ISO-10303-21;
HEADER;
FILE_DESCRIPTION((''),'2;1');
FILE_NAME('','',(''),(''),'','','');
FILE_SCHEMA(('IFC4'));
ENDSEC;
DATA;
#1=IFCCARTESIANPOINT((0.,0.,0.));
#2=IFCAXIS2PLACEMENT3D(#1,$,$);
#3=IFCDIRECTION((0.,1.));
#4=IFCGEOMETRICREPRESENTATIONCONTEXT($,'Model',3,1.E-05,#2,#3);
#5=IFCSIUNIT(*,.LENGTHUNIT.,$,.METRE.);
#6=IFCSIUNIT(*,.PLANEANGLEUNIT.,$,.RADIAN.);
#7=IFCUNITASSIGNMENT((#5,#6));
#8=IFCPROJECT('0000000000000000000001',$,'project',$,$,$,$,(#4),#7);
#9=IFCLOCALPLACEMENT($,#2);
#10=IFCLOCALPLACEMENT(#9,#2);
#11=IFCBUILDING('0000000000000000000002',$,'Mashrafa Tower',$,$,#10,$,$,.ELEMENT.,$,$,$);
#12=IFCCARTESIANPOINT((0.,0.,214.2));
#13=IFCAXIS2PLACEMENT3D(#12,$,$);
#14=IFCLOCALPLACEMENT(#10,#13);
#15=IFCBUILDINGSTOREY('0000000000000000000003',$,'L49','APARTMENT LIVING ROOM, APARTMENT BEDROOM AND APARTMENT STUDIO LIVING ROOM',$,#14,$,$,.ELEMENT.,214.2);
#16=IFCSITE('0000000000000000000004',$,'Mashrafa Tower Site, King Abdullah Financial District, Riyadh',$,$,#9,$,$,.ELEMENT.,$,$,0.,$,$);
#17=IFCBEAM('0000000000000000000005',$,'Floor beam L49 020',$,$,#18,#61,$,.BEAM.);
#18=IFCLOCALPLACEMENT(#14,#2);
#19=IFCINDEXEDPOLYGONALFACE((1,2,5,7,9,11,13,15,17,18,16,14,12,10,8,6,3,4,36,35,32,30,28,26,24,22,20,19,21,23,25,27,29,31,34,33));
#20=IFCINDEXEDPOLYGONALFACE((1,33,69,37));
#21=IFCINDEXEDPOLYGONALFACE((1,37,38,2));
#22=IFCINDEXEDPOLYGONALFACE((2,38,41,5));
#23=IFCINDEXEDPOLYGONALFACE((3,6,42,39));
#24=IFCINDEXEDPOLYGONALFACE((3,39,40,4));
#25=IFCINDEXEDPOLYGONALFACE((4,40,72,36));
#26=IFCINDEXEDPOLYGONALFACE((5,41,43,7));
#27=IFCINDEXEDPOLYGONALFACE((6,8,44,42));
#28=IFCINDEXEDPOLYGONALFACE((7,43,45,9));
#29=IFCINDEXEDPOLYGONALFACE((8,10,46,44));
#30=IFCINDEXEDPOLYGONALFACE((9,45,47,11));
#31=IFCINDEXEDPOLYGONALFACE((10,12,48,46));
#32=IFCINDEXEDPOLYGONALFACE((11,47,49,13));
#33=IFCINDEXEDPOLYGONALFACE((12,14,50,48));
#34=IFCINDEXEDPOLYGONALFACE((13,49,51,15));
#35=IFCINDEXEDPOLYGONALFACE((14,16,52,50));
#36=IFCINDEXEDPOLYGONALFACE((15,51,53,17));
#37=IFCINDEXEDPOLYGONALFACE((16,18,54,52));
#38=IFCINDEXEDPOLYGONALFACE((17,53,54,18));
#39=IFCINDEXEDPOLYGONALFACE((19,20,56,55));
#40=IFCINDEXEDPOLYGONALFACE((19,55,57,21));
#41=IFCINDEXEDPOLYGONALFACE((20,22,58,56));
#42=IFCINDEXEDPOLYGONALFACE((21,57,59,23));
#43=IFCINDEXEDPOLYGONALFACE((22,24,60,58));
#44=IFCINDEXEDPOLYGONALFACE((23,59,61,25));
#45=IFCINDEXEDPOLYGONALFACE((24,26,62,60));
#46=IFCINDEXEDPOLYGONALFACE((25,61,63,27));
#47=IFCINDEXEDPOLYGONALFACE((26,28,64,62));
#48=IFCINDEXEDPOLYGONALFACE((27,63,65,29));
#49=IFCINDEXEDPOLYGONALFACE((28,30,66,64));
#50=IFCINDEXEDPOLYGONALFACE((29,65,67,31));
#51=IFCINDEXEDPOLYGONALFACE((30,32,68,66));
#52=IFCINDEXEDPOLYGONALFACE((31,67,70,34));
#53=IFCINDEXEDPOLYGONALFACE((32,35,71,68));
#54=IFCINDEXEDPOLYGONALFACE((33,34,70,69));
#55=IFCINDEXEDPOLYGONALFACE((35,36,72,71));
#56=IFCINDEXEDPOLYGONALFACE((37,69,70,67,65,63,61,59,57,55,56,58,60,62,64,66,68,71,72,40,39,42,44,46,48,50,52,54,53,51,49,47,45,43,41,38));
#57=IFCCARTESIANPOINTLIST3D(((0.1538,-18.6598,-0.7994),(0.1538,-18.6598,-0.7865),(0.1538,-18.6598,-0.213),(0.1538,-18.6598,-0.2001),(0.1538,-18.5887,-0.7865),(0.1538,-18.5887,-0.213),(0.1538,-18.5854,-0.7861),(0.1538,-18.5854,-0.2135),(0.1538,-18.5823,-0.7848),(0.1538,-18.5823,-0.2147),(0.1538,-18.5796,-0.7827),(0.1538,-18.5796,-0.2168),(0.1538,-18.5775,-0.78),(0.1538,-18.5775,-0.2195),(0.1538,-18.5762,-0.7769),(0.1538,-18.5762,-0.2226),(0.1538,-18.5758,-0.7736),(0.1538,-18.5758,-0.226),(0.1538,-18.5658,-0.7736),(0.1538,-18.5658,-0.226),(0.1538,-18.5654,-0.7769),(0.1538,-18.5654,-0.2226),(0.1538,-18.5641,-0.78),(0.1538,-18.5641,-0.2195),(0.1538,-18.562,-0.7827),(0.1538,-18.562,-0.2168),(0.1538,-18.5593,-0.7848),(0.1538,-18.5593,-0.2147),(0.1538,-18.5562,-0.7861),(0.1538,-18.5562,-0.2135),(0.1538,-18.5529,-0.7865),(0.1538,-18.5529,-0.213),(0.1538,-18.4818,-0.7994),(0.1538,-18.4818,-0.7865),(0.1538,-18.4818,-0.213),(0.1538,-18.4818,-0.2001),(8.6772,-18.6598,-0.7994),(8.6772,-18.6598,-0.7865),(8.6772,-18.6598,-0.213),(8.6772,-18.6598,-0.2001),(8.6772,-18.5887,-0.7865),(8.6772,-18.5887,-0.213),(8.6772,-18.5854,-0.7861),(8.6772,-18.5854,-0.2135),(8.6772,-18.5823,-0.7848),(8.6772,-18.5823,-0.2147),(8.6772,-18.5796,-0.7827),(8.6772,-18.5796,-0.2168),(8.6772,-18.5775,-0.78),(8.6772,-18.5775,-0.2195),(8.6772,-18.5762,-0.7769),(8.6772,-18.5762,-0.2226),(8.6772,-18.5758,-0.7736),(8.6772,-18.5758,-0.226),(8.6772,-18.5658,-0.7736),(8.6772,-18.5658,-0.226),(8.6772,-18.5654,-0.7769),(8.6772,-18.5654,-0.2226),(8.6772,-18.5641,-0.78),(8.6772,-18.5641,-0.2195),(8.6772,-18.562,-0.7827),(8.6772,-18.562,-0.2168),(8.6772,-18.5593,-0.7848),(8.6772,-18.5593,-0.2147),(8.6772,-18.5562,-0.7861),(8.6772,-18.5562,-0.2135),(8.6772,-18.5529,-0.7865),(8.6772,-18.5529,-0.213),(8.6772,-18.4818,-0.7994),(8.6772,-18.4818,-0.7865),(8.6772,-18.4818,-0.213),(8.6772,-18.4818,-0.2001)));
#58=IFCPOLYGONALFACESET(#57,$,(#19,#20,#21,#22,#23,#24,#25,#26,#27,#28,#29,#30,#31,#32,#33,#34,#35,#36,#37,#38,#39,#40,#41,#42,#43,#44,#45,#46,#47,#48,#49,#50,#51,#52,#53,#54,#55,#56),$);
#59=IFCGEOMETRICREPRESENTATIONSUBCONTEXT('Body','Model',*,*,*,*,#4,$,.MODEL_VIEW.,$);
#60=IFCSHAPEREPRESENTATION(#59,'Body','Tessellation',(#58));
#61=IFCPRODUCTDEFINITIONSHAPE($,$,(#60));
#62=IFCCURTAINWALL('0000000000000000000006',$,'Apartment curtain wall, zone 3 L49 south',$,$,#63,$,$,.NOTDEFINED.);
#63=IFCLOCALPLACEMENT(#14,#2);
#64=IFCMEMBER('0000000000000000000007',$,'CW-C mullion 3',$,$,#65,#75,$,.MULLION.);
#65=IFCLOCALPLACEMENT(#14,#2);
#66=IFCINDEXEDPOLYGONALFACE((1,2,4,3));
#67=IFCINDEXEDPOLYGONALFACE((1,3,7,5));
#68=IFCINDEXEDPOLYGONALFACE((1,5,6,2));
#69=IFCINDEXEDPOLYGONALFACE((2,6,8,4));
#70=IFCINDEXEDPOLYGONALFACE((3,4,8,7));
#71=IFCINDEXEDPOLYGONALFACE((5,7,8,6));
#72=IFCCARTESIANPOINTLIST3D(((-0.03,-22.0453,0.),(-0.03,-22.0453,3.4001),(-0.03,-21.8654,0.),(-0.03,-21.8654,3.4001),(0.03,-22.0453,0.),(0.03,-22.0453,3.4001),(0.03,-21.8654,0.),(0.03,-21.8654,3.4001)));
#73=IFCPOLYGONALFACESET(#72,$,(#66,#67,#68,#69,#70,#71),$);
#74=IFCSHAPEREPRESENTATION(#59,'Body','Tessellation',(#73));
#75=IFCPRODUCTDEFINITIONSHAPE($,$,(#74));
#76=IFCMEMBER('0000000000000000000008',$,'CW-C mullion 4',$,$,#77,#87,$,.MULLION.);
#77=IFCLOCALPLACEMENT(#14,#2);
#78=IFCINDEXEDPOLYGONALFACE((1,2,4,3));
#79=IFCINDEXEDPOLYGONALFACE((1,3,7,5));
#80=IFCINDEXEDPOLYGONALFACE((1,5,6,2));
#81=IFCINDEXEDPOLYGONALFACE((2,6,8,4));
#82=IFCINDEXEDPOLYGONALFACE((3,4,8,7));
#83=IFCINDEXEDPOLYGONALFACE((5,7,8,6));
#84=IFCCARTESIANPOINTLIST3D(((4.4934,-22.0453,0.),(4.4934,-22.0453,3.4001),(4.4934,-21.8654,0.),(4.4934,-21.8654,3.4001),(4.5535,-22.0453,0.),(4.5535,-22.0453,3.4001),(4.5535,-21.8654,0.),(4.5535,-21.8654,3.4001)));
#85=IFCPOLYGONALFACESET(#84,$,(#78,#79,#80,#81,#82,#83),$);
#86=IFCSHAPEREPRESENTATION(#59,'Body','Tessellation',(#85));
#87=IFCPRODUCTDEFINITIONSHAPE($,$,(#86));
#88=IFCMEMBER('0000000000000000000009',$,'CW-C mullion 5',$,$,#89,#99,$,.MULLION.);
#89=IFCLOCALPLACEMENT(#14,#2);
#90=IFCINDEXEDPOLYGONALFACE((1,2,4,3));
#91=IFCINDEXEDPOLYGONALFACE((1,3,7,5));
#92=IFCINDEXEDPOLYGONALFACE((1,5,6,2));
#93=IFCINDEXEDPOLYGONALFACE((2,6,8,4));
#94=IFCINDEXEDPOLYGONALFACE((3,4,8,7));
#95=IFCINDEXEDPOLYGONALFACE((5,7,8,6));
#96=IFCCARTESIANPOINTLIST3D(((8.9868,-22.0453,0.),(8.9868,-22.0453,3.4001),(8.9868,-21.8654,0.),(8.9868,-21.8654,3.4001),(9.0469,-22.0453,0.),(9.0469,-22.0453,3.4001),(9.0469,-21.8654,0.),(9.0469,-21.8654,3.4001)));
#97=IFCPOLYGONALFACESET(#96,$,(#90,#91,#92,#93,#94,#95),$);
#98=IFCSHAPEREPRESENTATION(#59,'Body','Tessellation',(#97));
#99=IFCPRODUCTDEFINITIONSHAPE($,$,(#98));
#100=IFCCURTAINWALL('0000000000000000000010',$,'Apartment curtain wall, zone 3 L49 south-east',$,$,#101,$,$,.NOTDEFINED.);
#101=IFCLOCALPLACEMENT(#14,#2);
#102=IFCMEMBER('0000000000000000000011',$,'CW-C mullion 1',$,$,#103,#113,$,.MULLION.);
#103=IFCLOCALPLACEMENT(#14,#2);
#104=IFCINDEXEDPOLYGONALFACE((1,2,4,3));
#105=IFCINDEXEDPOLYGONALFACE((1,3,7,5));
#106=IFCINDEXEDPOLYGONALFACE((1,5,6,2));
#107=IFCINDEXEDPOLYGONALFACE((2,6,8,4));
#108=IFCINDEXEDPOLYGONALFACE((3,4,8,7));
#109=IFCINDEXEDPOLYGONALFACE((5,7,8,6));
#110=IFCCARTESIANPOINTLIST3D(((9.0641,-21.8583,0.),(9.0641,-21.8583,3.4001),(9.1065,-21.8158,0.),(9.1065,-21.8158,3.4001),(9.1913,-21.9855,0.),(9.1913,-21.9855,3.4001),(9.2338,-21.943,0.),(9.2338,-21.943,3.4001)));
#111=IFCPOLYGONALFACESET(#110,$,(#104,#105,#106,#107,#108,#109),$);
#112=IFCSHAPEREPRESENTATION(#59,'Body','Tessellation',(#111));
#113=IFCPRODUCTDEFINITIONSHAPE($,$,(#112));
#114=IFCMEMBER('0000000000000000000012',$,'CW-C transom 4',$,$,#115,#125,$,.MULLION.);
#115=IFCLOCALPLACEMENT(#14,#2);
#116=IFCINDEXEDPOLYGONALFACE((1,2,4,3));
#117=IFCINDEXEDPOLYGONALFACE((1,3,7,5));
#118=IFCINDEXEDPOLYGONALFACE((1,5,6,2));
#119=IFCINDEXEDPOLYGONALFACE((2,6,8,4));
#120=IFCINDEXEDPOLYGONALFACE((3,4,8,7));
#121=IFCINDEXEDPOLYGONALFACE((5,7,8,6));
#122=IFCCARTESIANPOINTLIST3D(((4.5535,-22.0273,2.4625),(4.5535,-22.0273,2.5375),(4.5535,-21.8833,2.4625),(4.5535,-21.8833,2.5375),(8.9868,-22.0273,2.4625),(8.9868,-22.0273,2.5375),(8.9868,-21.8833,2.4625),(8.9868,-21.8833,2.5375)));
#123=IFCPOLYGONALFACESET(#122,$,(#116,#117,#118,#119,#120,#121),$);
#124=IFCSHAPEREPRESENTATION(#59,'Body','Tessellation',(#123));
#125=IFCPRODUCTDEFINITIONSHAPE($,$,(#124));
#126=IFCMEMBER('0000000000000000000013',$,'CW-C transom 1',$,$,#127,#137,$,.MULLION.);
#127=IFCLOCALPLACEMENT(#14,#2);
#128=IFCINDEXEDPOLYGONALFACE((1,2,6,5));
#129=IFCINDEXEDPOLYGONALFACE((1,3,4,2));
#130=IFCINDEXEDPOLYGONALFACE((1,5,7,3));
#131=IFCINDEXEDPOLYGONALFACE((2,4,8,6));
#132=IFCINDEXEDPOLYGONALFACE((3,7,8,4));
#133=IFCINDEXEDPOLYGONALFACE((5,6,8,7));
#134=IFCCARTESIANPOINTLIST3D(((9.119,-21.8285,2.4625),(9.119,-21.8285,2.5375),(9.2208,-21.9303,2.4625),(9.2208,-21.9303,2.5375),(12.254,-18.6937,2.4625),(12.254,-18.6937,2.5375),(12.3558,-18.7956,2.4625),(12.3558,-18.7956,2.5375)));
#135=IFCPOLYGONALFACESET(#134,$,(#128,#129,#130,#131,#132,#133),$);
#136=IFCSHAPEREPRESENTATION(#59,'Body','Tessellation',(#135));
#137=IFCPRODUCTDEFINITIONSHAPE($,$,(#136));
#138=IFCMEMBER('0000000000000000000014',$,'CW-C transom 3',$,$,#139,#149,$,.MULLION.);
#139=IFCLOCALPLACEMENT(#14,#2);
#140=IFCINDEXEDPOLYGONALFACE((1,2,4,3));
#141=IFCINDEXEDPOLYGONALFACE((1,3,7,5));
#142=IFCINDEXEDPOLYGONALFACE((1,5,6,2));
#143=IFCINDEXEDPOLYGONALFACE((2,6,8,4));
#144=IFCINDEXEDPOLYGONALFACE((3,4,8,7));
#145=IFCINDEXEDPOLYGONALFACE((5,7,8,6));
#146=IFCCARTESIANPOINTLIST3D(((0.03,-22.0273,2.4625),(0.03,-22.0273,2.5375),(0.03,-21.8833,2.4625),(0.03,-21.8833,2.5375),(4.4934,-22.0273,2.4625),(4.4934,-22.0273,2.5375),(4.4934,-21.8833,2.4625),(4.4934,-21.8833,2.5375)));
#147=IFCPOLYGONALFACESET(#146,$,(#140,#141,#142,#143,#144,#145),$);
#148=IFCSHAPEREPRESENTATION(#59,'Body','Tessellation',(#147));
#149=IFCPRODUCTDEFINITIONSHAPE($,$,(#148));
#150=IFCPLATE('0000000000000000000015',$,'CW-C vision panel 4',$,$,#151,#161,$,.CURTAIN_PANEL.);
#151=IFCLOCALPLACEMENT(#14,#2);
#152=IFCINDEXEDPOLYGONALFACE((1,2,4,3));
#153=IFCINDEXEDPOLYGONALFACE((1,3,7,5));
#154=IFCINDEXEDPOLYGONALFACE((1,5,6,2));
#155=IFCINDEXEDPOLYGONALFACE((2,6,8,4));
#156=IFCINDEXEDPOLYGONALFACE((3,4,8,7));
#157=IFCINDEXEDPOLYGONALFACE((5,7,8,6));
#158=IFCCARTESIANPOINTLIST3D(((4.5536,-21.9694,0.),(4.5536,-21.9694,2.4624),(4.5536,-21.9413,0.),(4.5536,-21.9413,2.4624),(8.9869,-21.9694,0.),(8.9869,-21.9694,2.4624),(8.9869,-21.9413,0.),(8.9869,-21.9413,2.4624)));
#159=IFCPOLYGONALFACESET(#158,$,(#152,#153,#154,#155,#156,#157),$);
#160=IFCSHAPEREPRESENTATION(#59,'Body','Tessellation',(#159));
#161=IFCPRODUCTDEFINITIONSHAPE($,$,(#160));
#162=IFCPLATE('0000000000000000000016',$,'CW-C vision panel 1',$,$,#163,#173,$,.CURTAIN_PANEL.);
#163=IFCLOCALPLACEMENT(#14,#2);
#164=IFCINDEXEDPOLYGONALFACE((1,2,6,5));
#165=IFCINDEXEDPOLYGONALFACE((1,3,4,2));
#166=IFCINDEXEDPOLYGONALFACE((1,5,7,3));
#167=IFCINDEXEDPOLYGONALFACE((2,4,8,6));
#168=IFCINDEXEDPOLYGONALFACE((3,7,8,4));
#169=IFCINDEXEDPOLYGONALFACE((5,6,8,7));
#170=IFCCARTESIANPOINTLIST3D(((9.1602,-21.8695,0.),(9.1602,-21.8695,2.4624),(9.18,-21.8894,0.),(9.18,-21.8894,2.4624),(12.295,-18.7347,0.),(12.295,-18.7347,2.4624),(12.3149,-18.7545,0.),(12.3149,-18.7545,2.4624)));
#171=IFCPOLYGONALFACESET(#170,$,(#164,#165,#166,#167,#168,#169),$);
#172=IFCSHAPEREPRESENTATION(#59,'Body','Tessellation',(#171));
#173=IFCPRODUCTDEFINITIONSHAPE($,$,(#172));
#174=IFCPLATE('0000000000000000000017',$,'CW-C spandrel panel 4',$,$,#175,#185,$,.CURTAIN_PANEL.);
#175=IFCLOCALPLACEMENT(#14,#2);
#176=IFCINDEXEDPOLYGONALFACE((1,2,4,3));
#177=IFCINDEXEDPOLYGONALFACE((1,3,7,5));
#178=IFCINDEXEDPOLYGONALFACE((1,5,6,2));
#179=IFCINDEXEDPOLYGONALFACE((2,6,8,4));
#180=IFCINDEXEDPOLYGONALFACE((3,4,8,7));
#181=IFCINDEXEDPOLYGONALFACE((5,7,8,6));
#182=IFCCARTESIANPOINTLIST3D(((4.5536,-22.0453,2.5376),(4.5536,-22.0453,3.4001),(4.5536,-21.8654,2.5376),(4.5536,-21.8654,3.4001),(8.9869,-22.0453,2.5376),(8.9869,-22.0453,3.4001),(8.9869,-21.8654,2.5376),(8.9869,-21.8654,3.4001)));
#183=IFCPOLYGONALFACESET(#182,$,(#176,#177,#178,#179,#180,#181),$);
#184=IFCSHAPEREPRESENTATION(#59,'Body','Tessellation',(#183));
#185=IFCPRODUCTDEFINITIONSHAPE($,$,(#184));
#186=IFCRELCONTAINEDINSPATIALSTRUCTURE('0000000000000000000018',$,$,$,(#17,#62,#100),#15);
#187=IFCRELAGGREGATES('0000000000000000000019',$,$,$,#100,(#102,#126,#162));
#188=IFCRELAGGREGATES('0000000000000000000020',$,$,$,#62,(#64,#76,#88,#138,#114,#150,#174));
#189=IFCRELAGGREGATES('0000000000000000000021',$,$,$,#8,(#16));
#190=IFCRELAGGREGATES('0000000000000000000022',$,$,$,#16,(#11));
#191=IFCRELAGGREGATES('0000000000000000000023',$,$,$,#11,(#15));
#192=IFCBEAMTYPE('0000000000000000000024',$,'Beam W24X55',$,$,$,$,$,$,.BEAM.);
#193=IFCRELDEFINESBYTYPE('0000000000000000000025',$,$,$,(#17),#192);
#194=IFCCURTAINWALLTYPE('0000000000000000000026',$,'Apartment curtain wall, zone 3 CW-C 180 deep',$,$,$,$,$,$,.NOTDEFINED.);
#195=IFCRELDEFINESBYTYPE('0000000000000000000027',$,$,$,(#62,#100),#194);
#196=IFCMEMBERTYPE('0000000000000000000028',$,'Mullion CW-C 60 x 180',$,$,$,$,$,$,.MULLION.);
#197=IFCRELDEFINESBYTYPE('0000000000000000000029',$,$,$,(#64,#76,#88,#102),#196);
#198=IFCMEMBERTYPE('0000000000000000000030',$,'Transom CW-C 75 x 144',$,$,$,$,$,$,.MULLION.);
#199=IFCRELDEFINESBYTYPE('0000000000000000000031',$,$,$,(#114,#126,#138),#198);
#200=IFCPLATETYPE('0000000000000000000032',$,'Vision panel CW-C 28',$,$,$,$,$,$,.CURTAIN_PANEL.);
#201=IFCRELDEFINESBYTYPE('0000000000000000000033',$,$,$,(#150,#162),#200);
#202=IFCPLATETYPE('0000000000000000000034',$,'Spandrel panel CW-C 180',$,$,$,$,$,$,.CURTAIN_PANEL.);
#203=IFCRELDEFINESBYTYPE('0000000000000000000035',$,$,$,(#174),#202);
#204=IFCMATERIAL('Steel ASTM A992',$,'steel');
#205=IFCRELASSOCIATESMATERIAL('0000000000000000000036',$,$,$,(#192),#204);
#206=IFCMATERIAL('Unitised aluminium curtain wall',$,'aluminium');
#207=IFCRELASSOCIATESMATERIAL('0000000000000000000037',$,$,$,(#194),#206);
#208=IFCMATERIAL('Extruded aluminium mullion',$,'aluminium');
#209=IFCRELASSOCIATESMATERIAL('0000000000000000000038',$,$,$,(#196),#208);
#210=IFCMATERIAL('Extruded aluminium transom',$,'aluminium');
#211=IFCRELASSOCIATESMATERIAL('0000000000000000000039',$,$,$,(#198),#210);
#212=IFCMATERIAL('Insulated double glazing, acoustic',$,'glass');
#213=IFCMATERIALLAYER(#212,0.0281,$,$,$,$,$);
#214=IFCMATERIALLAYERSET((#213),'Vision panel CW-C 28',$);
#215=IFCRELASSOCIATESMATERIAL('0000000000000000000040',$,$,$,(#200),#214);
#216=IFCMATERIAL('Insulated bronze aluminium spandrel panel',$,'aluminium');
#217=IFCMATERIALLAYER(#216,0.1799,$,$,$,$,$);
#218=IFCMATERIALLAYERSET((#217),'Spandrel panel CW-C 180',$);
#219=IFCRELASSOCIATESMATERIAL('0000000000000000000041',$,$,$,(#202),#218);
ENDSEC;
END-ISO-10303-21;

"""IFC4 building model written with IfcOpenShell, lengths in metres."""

from ifc_helpers import new_model, si_unit, direction, frame, origin, origin_2d, place, context, subcontext, project, spatial, rectangle, i_section, extrude, source, transform, mapped, material, layer, layer_set, material_profile, profile_set, type_object, type_shapes, element, aggregate, save


model = new_model("IFC4")

# Units and contexts
model_context = context("Model", 3, precision=1e-05, world=origin(), true_north=direction((0.0, 1.0)))
body_context = subcontext(model_context, "Body", "Model", "MODEL_VIEW")
ifc_project = project(units=[si_unit("LENGTHUNIT", "METRE"), si_unit("PLANEANGLEUNIT", "RADIAN")], contexts=[model_context])

# Site, building, storey
site_placement = place(None, origin())
site = spatial("IfcSite", under=ifc_project, at=site_placement, Name="Mashrafa Tower Site, King Abdullah Financial District, Riyadh", CompositionType="ELEMENT", RefElevation=0.0)
building_placement = place(site_placement, origin())
building = spatial("IfcBuilding", under=site, at=building_placement, Name="Mashrafa Tower", CompositionType="ELEMENT")
storey_placement = place(building_placement, frame((0.0, 0.0, 214.2)))
storey = spatial("IfcBuildingStorey", under=building, at=storey_placement, Name="L49", Description="APARTMENT LIVING ROOM, APARTMENT BEDROOM AND APARTMENT STUDIO LIVING ROOM", CompositionType="ELEMENT", Elevation=214.2)

# Beam
ifc_material_1 = material(Name="Steel ASTM A992", Category="steel")
ifc_material_profile_1 = material_profile(ifc_material_1, i_section(OverallWidth=0.178, OverallDepth=0.5994, WebThickness=0.01, FlangeThickness=0.0129, FilletRadius=0.0129, at=origin_2d()), Name="W24X55")
ifc_profile_set_1 = profile_set([ifc_material_profile_1], Name="Steel ASTM A992")
beam_type_1 = type_object("IfcBeamType", Name="Beam W24X55", PredefinedType="BEAM", material=ifc_profile_set_1)
beam_1_placement = place(storey_placement, frame((8.6772, -18.5708, -0.4998), z_axis=(-1.0, 0.0, 0.0), x_axis=(0.0, -1.0, 0.0)))
element("IfcBeam", 1, at=beam_1_placement, inside=storey, type_object=beam_type_1, Name="Floor beam L49 020", PredefinedType="BEAM", context=body_context, shape_type="SweptSolid", body=[
    extrude(i_section(OverallWidth=0.178, OverallDepth=0.5994, WebThickness=0.01, FlangeThickness=0.0129, FilletRadius=0.0129, at=origin_2d()), origin(), (0.0, 0.0, 1.0), 8.5234),
])

# Curtain wall, members
ifc_material_2 = material(Name="Unitised aluminium curtain wall", Category="aluminium")
curtain_wall_type = type_object("IfcCurtainWallType", Name="Apartment curtain wall, zone 3 CW-C 180 deep", PredefinedType="NOTDEFINED", material=ifc_material_2)
curtain_wall_1_placement = place(storey_placement, origin())
curtain_wall_1 = element("IfcCurtainWall", 2, at=curtain_wall_1_placement, inside=storey, type_object=curtain_wall_type, Name="Apartment curtain wall, zone 3 L49 south", PredefinedType="NOTDEFINED")
ifc_material_3 = material(Name="Extruded aluminium mullion", Category="aluminium")
ifc_material_profile_2 = material_profile(ifc_material_3, rectangle(XDim=0.1799, YDim=0.0601, at=origin_2d()), Name="Mullion 60x180")
ifc_profile_set_2 = profile_set([ifc_material_profile_2], Name="Extruded aluminium mullion")
member_type_1 = type_object("IfcMemberType", Name="Mullion CW-C 60 x 180", PredefinedType="MULLION", material=ifc_profile_set_2)
shared_shape_1 = source(origin(), body_context, "Body", "SweptSolid", [
    extrude(rectangle(XDim=0.1799, YDim=0.0601, at=origin_2d()), origin(), (0.0, 0.0, 1.0), 3.4001),
])
type_shapes(member_type_1, [shared_shape_1])
member_1_placement = place(storey_placement, frame((0.0, -21.9553, 0.0), z_axis=(0.0, 0.0, 1.0), x_axis=(0.0, 1.0, 0.0)))
member_1 = element("IfcMember", 3, at=member_1_placement, type_object=member_type_1, Name="CW-C mullion 3", PredefinedType="MULLION", context=body_context, shape_type="MappedRepresentation", body=[
    mapped(shared_shape_1, transform((0.0, 0.0, 0.0))),
])
member_2_placement = place(storey_placement, frame((4.5234, -21.9553, 0.0), z_axis=(0.0, 0.0, 1.0), x_axis=(0.0, 1.0, 0.0)))
member_2 = element("IfcMember", 4, at=member_2_placement, type_object=member_type_1, Name="CW-C mullion 4", PredefinedType="MULLION", context=body_context, shape_type="MappedRepresentation", body=[
    mapped(shared_shape_1, transform((0.0, 0.0, 0.0))),
])
member_3_placement = place(storey_placement, frame((9.0168, -21.9553, 0.0), z_axis=(0.0, 0.0, 1.0), x_axis=(0.0, 1.0, 0.0)))
member_3 = element("IfcMember", 5, at=member_3_placement, type_object=member_type_1, Name="CW-C mullion 5", PredefinedType="MULLION", context=body_context, shape_type="MappedRepresentation", body=[
    mapped(shared_shape_1, transform((0.0, 0.0, 0.0))),
])

# Curtain wall, member
curtain_wall_2_placement = place(storey_placement, origin())
curtain_wall_2 = element("IfcCurtainWall", 6, at=curtain_wall_2_placement, inside=storey, type_object=curtain_wall_type, Name="Apartment curtain wall, zone 3 L49 south-east", PredefinedType="NOTDEFINED")
member_4_placement = place(storey_placement, frame((9.1489, -21.9006, 0.0), z_axis=(0.0, 0.0, 1.0), x_axis=(-0.707107, 0.707107, 0.0)))
member_4 = element("IfcMember", 7, at=member_4_placement, type_object=member_type_1, Name="CW-C mullion 1", PredefinedType="MULLION", context=body_context, shape_type="MappedRepresentation", body=[
    mapped(shared_shape_1, transform((0.0, 0.0, 0.0))),
])

# Members
ifc_material_4 = material(Name="Extruded aluminium transom", Category="aluminium")
ifc_material_profile_3 = material_profile(ifc_material_4, rectangle(XDim=0.144, YDim=0.075, at=origin_2d()), Name="Transom 75x144")
ifc_profile_set_3 = profile_set([ifc_material_profile_3], Name="Extruded aluminium transom")
member_type_2 = type_object("IfcMemberType", Name="Transom CW-C 75 x 144", PredefinedType="MULLION", material=ifc_profile_set_3)
shared_shape_2 = source(origin(), body_context, "Body", "SweptSolid", [
    extrude(rectangle(XDim=0.144, YDim=0.075, at=origin_2d()), origin(), (0.0, 0.0, 1.0), 4.4333),
])
member_5_placement = place(storey_placement, frame((4.5535, -21.9553, 2.5), z_axis=(1.0, 0.0, 0.0), x_axis=(0.0, 1.0, 0.0)))
member_5 = element("IfcMember", 8, at=member_5_placement, type_object=member_type_2, Name="CW-C transom 4", PredefinedType="MULLION", context=body_context, shape_type="MappedRepresentation", body=[
    mapped(shared_shape_2, transform((0.0, 0.0, 0.0))),
])
member_6_placement = place(storey_placement, frame((9.1699, -21.8794, 2.5), z_axis=(0.707134, 0.707079, 0.0), x_axis=(-0.707079, 0.707134, 0.0)))
member_6 = element("IfcMember", 9, at=member_6_placement, type_object=member_type_2, Name="CW-C transom 1", PredefinedType="MULLION", context=body_context, shape_type="MappedRepresentation", body=[
    mapped(shared_shape_2, transform((0.0, 0.0, 0.0))),
])
shared_shape_3 = source(origin(), body_context, "Body", "SweptSolid", [
    extrude(rectangle(XDim=0.144, YDim=0.075, at=origin_2d()), origin(), (0.0, 0.0, 1.0), 4.4634),
])
type_shapes(member_type_2, [shared_shape_2, shared_shape_3])
member_7_placement = place(storey_placement, frame((0.03, -21.9553, 2.5), z_axis=(1.0, 0.0, 0.0), x_axis=(0.0, 1.0, 0.0)))
member_7 = element("IfcMember", 10, at=member_7_placement, type_object=member_type_2, Name="CW-C transom 3", PredefinedType="MULLION", context=body_context, shape_type="MappedRepresentation", body=[
    mapped(shared_shape_3, transform((0.0, 0.0, 0.0))),
])

# Plates
ifc_material_5 = material(Name="Insulated double glazing, acoustic", Category="glass")
ifc_layer_1 = layer(ifc_material_5, 0.0281)
ifc_layer_set_1 = layer_set([ifc_layer_1], Name="Vision panel CW-C 28")
plate_type_1 = type_object("IfcPlateType", Name="Vision panel CW-C 28", PredefinedType="CURTAIN_PANEL", material=ifc_layer_set_1)
shared_shape_4 = source(origin(), body_context, "Body", "SweptSolid", [
    extrude(rectangle(XDim=4.4333, YDim=0.0281, at=origin_2d()), origin(), (0.0, 0.0, 1.0), 2.4624),
])
plate_1_placement = place(storey_placement, frame((6.7703, -21.9553, 0.0), z_axis=(0.0, 0.0, 1.0), x_axis=(1.0, 0.0, 0.0)))
plate_1 = element("IfcPlate", 11, at=plate_1_placement, type_object=plate_type_1, Name="CW-C vision panel 4", PredefinedType="CURTAIN_PANEL", context=body_context, shape_type="MappedRepresentation", body=[
    mapped(shared_shape_4, transform((0.0, 0.0, 0.0))),
])
plate_2_placement = place(storey_placement, frame((10.7375, -20.312, 0.0), z_axis=(0.0, 0.0, 1.0), x_axis=(0.707107, 0.707107, 0.0)))
plate_2 = element("IfcPlate", 12, at=plate_2_placement, type_object=plate_type_1, Name="CW-C vision panel 1", PredefinedType="CURTAIN_PANEL", context=body_context, shape_type="MappedRepresentation", body=[
    mapped(shared_shape_4, transform((0.0, 0.0, 0.0))),
])
ifc_material_6 = material(Name="Insulated bronze aluminium spandrel panel", Category="aluminium")
ifc_layer_2 = layer(ifc_material_6, 0.1799)
ifc_layer_set_2 = layer_set([ifc_layer_2], Name="Spandrel panel CW-C 180")
plate_type_2 = type_object("IfcPlateType", Name="Spandrel panel CW-C 180", PredefinedType="CURTAIN_PANEL", material=ifc_layer_set_2)
shared_shape_5 = source(origin(), body_context, "Body", "SweptSolid", [
    extrude(rectangle(XDim=4.4333, YDim=0.1799, at=origin_2d()), origin(), (0.0, 0.0, 1.0), 0.8625),
])
plate_3_placement = place(storey_placement, frame((6.7703, -21.9553, 2.5376), z_axis=(0.0, 0.0, 1.0), x_axis=(1.0, 0.0, 0.0)))
plate_3 = element("IfcPlate", 13, at=plate_3_placement, type_object=plate_type_2, Name="CW-C spandrel panel 4", PredefinedType="CURTAIN_PANEL", context=body_context, shape_type="MappedRepresentation", body=[
    mapped(shared_shape_5, transform((0.0, 0.0, 0.0))),
])
aggregate(curtain_wall_2, [member_4, member_6, plate_2])
aggregate(curtain_wall_1, [member_1, member_2, member_3, member_7, member_5, plate_1, plate_3])

save(model, "model.ifc")
